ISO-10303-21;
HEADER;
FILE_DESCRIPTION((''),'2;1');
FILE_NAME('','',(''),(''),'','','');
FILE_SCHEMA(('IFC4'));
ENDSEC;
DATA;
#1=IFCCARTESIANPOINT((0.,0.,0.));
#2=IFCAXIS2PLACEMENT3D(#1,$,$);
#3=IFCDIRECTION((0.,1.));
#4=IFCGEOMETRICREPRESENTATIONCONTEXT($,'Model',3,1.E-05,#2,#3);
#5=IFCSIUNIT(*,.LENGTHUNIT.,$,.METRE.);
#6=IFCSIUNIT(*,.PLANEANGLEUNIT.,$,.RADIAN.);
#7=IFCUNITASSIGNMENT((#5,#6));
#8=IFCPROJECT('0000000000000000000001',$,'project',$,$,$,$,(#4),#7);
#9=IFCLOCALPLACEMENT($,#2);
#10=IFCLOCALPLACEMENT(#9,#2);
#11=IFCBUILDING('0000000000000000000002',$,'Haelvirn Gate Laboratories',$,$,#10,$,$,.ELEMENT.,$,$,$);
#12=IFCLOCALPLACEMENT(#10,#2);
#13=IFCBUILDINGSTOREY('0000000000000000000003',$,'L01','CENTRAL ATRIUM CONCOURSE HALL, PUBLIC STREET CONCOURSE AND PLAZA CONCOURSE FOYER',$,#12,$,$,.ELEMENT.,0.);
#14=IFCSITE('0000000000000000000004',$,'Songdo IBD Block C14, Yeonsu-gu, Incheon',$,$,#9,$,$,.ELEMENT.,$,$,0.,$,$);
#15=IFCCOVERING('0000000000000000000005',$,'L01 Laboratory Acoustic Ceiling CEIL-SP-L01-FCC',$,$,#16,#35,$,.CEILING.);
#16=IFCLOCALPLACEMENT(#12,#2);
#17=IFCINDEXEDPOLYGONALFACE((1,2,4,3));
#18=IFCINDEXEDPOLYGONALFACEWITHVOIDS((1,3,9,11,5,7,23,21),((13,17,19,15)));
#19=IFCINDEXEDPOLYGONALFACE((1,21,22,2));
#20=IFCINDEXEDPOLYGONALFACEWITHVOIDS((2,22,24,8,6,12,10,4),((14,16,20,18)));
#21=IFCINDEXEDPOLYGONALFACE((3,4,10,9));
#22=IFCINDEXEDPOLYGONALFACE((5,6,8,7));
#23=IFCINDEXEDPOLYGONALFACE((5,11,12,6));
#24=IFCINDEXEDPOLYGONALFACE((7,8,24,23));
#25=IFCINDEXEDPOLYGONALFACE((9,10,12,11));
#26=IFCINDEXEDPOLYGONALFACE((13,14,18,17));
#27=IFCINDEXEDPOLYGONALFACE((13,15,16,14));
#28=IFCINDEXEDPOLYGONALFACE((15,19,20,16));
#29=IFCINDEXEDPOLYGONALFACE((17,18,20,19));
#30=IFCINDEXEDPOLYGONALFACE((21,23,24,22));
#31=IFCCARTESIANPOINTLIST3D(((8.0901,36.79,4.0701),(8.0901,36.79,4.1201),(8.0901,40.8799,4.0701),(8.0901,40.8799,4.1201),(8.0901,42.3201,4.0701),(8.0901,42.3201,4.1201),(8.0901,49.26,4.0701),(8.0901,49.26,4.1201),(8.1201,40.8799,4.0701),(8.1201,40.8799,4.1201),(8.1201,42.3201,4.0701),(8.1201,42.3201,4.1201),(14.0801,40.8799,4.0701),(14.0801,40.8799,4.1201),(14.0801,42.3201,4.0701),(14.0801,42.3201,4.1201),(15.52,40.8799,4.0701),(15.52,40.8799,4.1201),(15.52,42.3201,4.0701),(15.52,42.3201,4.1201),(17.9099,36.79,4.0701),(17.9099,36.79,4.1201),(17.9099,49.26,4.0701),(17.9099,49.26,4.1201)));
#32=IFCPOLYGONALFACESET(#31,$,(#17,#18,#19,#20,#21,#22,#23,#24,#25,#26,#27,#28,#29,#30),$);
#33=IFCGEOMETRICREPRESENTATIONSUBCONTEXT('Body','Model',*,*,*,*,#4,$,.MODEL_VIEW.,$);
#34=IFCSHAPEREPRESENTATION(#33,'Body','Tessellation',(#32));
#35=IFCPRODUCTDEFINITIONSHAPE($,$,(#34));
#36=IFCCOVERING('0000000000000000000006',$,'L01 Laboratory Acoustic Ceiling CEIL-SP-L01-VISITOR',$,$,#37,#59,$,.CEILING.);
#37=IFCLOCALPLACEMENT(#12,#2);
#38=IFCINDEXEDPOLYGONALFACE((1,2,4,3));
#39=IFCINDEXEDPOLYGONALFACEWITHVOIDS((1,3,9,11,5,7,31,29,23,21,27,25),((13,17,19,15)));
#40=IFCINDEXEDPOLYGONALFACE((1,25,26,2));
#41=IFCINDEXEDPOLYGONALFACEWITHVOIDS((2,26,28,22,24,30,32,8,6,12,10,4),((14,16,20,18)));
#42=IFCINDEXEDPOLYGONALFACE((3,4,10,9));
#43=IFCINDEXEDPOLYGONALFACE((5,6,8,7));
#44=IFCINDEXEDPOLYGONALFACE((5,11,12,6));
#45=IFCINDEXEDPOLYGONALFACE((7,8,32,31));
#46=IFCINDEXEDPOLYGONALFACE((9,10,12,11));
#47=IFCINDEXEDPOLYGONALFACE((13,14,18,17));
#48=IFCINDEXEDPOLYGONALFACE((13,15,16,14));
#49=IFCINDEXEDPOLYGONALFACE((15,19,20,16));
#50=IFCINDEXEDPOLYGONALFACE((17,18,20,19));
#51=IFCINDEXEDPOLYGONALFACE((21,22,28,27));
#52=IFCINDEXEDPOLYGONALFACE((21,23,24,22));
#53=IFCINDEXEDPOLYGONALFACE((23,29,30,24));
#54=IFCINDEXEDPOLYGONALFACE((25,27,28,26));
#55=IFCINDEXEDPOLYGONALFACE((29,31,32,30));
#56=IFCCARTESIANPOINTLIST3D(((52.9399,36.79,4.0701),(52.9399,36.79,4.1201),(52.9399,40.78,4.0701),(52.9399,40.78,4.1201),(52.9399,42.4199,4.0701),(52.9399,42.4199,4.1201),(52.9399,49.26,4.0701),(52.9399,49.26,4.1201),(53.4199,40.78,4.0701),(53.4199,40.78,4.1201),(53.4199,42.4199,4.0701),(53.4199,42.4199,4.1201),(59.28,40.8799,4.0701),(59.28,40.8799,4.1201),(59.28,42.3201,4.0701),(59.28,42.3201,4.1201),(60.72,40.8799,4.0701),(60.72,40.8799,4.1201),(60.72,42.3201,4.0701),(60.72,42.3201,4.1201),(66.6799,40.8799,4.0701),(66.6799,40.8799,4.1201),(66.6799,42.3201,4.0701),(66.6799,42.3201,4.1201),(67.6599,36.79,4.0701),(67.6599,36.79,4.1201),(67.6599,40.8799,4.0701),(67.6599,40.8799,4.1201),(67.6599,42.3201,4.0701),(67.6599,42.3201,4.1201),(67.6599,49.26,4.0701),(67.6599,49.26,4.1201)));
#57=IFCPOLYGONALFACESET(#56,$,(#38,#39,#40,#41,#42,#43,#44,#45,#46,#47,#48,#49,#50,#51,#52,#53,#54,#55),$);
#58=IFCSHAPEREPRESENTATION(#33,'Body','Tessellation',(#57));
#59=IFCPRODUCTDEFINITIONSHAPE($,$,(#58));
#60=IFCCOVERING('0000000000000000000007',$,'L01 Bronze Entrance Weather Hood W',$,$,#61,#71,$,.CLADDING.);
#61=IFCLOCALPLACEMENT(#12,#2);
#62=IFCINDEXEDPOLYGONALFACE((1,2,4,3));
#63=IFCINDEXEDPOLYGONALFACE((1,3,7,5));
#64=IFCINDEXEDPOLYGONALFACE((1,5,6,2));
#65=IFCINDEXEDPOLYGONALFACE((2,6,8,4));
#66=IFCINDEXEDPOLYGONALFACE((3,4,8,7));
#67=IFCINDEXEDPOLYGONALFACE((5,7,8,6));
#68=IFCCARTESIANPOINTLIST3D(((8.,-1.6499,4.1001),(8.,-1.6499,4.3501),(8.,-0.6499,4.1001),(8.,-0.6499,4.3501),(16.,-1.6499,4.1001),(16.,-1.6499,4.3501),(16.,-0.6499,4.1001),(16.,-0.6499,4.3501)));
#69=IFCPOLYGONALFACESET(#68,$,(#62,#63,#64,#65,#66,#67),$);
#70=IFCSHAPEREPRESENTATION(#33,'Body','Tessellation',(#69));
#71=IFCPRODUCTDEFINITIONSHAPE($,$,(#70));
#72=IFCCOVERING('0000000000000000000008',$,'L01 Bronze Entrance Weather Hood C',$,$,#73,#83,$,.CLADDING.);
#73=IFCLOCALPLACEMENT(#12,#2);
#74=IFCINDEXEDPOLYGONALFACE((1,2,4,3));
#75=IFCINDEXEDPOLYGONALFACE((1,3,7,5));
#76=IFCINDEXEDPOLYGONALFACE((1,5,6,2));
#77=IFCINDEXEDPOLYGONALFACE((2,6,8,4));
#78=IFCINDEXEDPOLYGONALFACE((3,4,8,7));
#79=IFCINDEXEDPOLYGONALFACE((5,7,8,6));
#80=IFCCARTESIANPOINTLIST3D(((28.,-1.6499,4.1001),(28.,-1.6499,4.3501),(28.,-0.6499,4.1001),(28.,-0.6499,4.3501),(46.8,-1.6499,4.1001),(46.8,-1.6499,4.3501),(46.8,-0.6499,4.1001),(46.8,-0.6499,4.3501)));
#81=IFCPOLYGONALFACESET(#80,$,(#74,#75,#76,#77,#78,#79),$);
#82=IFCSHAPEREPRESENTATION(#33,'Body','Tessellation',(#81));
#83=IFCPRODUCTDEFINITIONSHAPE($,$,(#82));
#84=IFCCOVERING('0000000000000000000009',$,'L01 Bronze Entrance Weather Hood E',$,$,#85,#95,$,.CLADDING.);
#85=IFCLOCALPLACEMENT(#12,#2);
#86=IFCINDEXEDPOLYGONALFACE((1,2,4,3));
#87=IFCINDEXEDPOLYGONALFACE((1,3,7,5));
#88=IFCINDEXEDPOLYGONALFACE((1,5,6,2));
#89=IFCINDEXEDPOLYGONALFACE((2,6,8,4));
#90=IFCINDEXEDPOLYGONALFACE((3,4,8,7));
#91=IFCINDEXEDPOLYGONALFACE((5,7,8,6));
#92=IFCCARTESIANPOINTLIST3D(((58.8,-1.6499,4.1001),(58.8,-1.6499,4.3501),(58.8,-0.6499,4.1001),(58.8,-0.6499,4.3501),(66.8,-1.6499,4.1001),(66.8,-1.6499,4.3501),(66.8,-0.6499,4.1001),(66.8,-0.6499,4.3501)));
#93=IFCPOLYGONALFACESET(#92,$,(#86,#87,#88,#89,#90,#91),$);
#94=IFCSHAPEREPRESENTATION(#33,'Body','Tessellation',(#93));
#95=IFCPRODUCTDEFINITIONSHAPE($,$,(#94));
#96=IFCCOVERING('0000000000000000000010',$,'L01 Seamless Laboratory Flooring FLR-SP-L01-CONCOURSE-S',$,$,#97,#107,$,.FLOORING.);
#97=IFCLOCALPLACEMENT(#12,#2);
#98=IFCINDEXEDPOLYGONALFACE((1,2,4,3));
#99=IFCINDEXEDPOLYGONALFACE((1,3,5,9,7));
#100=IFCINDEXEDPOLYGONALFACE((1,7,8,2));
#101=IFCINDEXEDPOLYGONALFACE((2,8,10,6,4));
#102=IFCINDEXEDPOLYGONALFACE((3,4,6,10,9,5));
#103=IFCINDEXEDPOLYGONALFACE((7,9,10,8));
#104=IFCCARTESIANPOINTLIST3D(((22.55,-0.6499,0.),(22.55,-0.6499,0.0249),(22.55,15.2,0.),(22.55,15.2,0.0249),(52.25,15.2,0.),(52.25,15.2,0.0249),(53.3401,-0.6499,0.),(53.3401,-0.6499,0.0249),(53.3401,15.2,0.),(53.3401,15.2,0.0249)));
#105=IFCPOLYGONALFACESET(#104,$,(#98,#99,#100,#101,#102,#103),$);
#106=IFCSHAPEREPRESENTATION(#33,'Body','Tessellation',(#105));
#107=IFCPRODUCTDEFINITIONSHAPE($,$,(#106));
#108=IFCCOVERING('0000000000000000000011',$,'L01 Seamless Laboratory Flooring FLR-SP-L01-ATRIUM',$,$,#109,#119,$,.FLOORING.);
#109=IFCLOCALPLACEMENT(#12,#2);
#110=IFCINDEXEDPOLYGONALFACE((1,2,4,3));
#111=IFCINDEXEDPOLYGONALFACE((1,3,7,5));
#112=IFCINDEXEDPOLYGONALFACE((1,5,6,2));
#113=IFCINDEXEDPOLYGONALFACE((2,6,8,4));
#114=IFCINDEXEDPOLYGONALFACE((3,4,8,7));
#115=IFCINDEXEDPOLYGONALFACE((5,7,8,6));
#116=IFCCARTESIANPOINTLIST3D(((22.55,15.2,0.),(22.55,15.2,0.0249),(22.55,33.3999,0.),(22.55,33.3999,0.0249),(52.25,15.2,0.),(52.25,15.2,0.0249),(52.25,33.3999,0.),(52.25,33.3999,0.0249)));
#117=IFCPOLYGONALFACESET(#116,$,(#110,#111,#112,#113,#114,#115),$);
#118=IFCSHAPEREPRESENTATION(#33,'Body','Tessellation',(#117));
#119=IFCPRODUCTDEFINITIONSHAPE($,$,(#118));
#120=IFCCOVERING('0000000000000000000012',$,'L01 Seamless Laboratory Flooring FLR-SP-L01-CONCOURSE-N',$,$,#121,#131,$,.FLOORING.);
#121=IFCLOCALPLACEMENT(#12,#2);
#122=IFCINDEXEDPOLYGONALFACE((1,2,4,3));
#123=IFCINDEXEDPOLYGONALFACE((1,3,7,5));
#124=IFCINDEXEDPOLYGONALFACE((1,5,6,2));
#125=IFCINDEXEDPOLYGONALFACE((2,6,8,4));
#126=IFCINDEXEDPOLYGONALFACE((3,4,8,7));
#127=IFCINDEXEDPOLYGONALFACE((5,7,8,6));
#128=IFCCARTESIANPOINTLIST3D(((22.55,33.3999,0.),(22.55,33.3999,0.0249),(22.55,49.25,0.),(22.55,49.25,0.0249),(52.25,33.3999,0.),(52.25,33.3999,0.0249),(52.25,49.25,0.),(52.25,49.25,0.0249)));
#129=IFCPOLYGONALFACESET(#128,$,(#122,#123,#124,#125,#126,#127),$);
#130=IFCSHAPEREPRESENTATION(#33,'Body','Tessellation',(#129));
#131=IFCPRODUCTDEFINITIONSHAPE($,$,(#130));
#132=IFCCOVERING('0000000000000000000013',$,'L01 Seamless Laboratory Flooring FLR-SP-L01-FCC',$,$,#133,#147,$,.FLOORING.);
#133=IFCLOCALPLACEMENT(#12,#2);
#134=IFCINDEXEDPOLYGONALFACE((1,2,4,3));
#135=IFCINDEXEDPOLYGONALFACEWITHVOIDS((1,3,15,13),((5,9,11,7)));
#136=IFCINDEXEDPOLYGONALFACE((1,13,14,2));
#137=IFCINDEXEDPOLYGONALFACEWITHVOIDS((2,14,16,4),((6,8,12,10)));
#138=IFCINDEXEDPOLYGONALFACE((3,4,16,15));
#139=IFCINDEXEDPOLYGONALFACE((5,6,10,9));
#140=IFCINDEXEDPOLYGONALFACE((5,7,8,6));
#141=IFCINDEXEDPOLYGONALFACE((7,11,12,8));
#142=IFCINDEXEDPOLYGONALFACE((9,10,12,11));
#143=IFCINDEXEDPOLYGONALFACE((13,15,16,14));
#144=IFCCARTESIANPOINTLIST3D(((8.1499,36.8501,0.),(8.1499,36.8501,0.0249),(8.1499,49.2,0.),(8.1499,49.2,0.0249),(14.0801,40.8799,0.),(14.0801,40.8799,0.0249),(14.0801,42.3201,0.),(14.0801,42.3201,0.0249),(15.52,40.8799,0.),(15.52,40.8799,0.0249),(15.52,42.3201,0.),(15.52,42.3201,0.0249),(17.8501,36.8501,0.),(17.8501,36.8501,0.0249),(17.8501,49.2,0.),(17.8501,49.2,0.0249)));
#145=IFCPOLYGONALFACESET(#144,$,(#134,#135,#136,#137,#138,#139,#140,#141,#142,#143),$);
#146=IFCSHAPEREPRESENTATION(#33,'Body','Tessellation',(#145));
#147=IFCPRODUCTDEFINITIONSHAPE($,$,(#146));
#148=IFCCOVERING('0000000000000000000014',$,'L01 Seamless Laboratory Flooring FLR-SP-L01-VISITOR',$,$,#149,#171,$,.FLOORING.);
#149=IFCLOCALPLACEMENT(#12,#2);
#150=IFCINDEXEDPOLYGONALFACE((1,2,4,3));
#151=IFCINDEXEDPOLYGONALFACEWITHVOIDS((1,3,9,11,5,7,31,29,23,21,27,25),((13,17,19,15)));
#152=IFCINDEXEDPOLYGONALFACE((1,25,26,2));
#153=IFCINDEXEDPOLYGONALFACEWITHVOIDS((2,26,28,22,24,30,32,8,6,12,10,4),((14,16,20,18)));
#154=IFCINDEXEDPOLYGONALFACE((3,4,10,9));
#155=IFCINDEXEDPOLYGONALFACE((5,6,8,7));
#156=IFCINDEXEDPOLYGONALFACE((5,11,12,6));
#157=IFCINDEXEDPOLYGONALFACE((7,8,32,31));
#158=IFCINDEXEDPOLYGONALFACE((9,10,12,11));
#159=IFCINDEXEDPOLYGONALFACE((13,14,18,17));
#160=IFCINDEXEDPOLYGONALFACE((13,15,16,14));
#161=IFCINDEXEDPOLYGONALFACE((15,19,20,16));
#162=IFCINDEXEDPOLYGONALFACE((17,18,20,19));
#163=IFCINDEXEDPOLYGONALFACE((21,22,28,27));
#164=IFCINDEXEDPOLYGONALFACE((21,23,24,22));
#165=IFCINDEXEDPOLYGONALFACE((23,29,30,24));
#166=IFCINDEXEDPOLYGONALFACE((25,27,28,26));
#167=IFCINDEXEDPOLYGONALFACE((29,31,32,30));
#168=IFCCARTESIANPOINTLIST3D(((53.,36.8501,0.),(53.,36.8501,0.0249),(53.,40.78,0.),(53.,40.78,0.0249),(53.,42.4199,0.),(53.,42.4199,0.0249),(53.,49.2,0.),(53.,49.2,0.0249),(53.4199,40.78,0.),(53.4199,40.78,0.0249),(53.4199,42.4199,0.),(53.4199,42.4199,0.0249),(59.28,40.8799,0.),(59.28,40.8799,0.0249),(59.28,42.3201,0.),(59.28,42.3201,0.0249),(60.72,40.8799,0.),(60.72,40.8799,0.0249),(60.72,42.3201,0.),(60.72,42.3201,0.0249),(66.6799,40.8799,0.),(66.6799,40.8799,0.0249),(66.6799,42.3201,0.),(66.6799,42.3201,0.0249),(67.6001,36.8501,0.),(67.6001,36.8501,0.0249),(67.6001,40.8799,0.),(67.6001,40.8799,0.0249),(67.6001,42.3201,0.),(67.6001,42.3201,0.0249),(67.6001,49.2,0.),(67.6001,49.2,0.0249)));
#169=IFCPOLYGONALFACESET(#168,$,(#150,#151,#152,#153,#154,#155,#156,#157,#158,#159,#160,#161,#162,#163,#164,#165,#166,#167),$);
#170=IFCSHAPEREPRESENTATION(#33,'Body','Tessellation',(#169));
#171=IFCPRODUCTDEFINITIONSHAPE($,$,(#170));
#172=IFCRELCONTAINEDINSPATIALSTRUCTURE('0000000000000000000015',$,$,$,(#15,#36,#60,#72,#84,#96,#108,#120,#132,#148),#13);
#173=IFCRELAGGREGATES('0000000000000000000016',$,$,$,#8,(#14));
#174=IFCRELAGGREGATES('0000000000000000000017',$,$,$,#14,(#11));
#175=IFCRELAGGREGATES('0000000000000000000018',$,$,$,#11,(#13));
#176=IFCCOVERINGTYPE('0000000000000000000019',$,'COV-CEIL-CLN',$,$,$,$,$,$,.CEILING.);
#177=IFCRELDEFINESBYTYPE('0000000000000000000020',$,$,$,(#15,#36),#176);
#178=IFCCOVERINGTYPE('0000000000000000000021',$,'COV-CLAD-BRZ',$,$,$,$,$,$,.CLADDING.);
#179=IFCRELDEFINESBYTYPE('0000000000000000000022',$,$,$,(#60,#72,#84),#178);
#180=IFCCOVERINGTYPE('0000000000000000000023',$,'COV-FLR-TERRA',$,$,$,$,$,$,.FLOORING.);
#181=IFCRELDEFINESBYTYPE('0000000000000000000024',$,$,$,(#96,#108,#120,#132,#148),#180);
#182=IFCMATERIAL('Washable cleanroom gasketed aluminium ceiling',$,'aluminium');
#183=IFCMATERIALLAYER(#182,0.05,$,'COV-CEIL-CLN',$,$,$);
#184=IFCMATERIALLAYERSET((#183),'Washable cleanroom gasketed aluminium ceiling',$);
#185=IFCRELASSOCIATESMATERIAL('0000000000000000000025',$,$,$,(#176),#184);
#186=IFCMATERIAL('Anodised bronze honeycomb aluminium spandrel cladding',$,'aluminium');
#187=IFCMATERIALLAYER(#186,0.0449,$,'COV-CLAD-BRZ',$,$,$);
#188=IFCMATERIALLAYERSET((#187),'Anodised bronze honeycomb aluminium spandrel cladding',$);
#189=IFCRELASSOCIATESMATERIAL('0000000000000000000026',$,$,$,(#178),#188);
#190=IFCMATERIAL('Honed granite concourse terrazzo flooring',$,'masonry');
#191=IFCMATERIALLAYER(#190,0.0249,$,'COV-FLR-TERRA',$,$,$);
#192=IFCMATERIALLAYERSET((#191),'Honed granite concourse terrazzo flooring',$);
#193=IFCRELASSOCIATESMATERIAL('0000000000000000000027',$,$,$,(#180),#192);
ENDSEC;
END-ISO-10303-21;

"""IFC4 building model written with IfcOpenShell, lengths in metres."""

from ifc_helpers import new_model, si_unit, direction, frame, origin, place, context, subcontext, project, spatial, polyline, outline, extrude, material, layer, layer_set, type_object, element, save


model = new_model("IFC4")

# Units and contexts
model_context = context("Model", 3, precision=1e-05, world=origin(), true_north=direction((0.0, 1.0)))
body_context = subcontext(model_context, "Body", "Model", "MODEL_VIEW")
ifc_project = project(units=[si_unit("LENGTHUNIT", "METRE"), si_unit("PLANEANGLEUNIT", "RADIAN")], contexts=[model_context])

# Site, building, storey
site_placement = place(None, origin())
site = spatial("IfcSite", under=ifc_project, at=site_placement, Name="Songdo IBD Block C14, Yeonsu-gu, Incheon", CompositionType="ELEMENT", RefElevation=0.0)
building_placement = place(site_placement, origin())
building = spatial("IfcBuilding", under=site, at=building_placement, Name="Haelvirn Gate Laboratories", CompositionType="ELEMENT")
storey_placement = place(building_placement, origin())
storey = spatial("IfcBuildingStorey", under=building, at=storey_placement, Name="L01", Description="CENTRAL ATRIUM CONCOURSE HALL, PUBLIC STREET CONCOURSE AND PLAZA CONCOURSE FOYER", CompositionType="ELEMENT", Elevation=0.0)

# Coverings
ifc_material_1 = material(Name="Washable cleanroom gasketed aluminium ceiling", Category="aluminium")
ifc_layer_1 = layer(ifc_material_1, 0.05, Name="COV-CEIL-CLN")
ifc_layer_set_1 = layer_set([ifc_layer_1], Name="Washable cleanroom gasketed aluminium ceiling")
covering_type_1 = type_object("IfcCoveringType", Name="COV-CEIL-CLN", PredefinedType="CEILING", material=ifc_layer_set_1)
covering_1_placement = place(storey_placement, frame((0.0, 0.0, 4.0701)))
element("IfcCovering", 1, at=covering_1_placement, inside=storey, type_object=covering_type_1, Name="L01 Laboratory Acoustic Ceiling CEIL-SP-L01-FCC", PredefinedType="CEILING", context=body_context, shape_type="SweptSolid", body=[
    extrude(outline(polyline([(8.0901, 36.79), (8.0901, 40.8799), (8.1201, 40.8799), (8.1201, 42.3201), (8.0901, 42.3201), (8.0901, 49.26), (17.9099, 49.26), (17.9099, 36.79), (8.0901, 36.79)]), holes=[polyline([(14.0801, 42.3201), (14.0801, 40.8799), (15.52, 40.8799), (15.52, 42.3201), (14.0801, 42.3201)])]), origin(), (0.0, 0.0, 1.0), 0.05),
])
covering_2_placement = place(storey_placement, frame((0.0, 0.0, 4.0701)))
element("IfcCovering", 2, at=covering_2_placement, inside=storey, type_object=covering_type_1, Name="L01 Laboratory Acoustic Ceiling CEIL-SP-L01-VISITOR", PredefinedType="CEILING", context=body_context, shape_type="SweptSolid", body=[
    extrude(outline(polyline([(67.6599, 42.3201), (66.6799, 42.3201), (66.6799, 40.8799), (67.6599, 40.8799), (67.6599, 36.79), (52.9399, 36.79), (52.9399, 40.78), (53.4199, 40.78), (53.4199, 42.4199), (52.9399, 42.4199), (52.9399, 49.26), (67.6599, 49.26), (67.6599, 42.3201)]), holes=[polyline([(59.28, 42.3201), (59.28, 40.8799), (60.72, 40.8799), (60.72, 42.3201), (59.28, 42.3201)])]), origin(), (0.0, 0.0, 1.0), 0.05),
])
ifc_material_2 = material(Name="Anodised bronze honeycomb aluminium spandrel cladding", Category="aluminium")
ifc_layer_2 = layer(ifc_material_2, 0.0449, Name="COV-CLAD-BRZ")
ifc_layer_set_2 = layer_set([ifc_layer_2], Name="Anodised bronze honeycomb aluminium spandrel cladding")
covering_type_2 = type_object("IfcCoveringType", Name="COV-CLAD-BRZ", PredefinedType="CLADDING", material=ifc_layer_set_2)
covering_3_placement = place(storey_placement, frame((0.0, 0.0, 4.1001)))
element("IfcCovering", 3, at=covering_3_placement, inside=storey, type_object=covering_type_2, Name="L01 Bronze Entrance Weather Hood W", PredefinedType="CLADDING", context=body_context, shape_type="SweptSolid", body=[
    extrude(outline(polyline([(8.0, -1.6499), (16.0, -1.6499), (16.0, -0.6499), (8.0, -0.6499), (8.0, -1.6499)])), origin(), (0.0, 0.0, 1.0), 0.25),
])
covering_4_placement = place(storey_placement, frame((0.0, 0.0, 4.1001)))
element("IfcCovering", 4, at=covering_4_placement, inside=storey, type_object=covering_type_2, Name="L01 Bronze Entrance Weather Hood C", PredefinedType="CLADDING", context=body_context, shape_type="SweptSolid", body=[
    extrude(outline(polyline([(28.0, -1.6499), (46.8, -1.6499), (46.8, -0.6499), (28.0, -0.6499), (28.0, -1.6499)])), origin(), (0.0, 0.0, 1.0), 0.25),
])
covering_5_placement = place(storey_placement, frame((0.0, 0.0, 4.1001)))
element("IfcCovering", 5, at=covering_5_placement, inside=storey, type_object=covering_type_2, Name="L01 Bronze Entrance Weather Hood E", PredefinedType="CLADDING", context=body_context, shape_type="SweptSolid", body=[
    extrude(outline(polyline([(58.8, -1.6499), (66.8, -1.6499), (66.8, -0.6499), (58.8, -0.6499), (58.8, -1.6499)])), origin(), (0.0, 0.0, 1.0), 0.25),
])
ifc_material_3 = material(Name="Honed granite concourse terrazzo flooring", Category="masonry")
ifc_layer_3 = layer(ifc_material_3, 0.0249, Name="COV-FLR-TERRA")
ifc_layer_set_3 = layer_set([ifc_layer_3], Name="Honed granite concourse terrazzo flooring")
covering_type_3 = type_object("IfcCoveringType", Name="COV-FLR-TERRA", PredefinedType="FLOORING", material=ifc_layer_set_3)
covering_6_placement = place(storey_placement, origin())
element("IfcCovering", 6, at=covering_6_placement, inside=storey, type_object=covering_type_3, Name="L01 Seamless Laboratory Flooring FLR-SP-L01-CONCOURSE-S", PredefinedType="FLOORING", context=body_context, shape_type="SweptSolid", body=[
    extrude(outline(polyline([(22.55, 15.2), (52.25, 15.2), (53.3401, 15.2), (53.3401, -0.6499), (22.55, -0.6499), (22.55, 15.2)])), origin(), (0.0, 0.0, 1.0), 0.0249),
])
covering_7_placement = place(storey_placement, origin())
element("IfcCovering", 7, at=covering_7_placement, inside=storey, type_object=covering_type_3, Name="L01 Seamless Laboratory Flooring FLR-SP-L01-ATRIUM", PredefinedType="FLOORING", context=body_context, shape_type="SweptSolid", body=[
    extrude(outline(polyline([(22.55, 33.3999), (52.25, 33.3999), (52.25, 15.2), (22.55, 15.2), (22.55, 33.3999)])), origin(), (0.0, 0.0, 1.0), 0.0249),
])
covering_8_placement = place(storey_placement, origin())
element("IfcCovering", 8, at=covering_8_placement, inside=storey, type_object=covering_type_3, Name="L01 Seamless Laboratory Flooring FLR-SP-L01-CONCOURSE-N", PredefinedType="FLOORING", context=body_context, shape_type="SweptSolid", body=[
    extrude(outline(polyline([(22.55, 49.25), (52.25, 49.25), (52.25, 33.3999), (22.55, 33.3999), (22.55, 49.25)])), origin(), (0.0, 0.0, 1.0), 0.0249),
])
covering_9_placement = place(storey_placement, origin())
element("IfcCovering", 9, at=covering_9_placement, inside=storey, type_object=covering_type_3, Name="L01 Seamless Laboratory Flooring FLR-SP-L01-FCC", PredefinedType="FLOORING", context=body_context, shape_type="SweptSolid", body=[
    extrude(outline(polyline([(17.8501, 49.2), (17.8501, 36.8501), (8.1499, 36.8501), (8.1499, 49.2), (17.8501, 49.2)]), holes=[polyline([(14.0801, 42.3201), (14.0801, 40.8799), (15.52, 40.8799), (15.52, 42.3201), (14.0801, 42.3201)])]), origin(), (0.0, 0.0, 1.0), 0.0249),
])
covering_10_placement = place(storey_placement, origin())
element("IfcCovering", 10, at=covering_10_placement, inside=storey, type_object=covering_type_3, Name="L01 Seamless Laboratory Flooring FLR-SP-L01-VISITOR", PredefinedType="FLOORING", context=body_context, shape_type="SweptSolid", body=[
    extrude(outline(polyline([(53.0, 42.4199), (53.0, 49.2), (67.6001, 49.2), (67.6001, 42.3201), (66.6799, 42.3201), (66.6799, 40.8799), (67.6001, 40.8799), (67.6001, 36.8501), (53.0, 36.8501), (53.0, 40.78), (53.4199, 40.78), (53.4199, 42.4199), (53.0, 42.4199)]), holes=[polyline([(59.28, 40.8799), (60.72, 40.8799), (60.72, 42.3201), (59.28, 42.3201), (59.28, 40.8799)])]), origin(), (0.0, 0.0, 1.0), 0.0249),
])

save(model, "model.ifc")
